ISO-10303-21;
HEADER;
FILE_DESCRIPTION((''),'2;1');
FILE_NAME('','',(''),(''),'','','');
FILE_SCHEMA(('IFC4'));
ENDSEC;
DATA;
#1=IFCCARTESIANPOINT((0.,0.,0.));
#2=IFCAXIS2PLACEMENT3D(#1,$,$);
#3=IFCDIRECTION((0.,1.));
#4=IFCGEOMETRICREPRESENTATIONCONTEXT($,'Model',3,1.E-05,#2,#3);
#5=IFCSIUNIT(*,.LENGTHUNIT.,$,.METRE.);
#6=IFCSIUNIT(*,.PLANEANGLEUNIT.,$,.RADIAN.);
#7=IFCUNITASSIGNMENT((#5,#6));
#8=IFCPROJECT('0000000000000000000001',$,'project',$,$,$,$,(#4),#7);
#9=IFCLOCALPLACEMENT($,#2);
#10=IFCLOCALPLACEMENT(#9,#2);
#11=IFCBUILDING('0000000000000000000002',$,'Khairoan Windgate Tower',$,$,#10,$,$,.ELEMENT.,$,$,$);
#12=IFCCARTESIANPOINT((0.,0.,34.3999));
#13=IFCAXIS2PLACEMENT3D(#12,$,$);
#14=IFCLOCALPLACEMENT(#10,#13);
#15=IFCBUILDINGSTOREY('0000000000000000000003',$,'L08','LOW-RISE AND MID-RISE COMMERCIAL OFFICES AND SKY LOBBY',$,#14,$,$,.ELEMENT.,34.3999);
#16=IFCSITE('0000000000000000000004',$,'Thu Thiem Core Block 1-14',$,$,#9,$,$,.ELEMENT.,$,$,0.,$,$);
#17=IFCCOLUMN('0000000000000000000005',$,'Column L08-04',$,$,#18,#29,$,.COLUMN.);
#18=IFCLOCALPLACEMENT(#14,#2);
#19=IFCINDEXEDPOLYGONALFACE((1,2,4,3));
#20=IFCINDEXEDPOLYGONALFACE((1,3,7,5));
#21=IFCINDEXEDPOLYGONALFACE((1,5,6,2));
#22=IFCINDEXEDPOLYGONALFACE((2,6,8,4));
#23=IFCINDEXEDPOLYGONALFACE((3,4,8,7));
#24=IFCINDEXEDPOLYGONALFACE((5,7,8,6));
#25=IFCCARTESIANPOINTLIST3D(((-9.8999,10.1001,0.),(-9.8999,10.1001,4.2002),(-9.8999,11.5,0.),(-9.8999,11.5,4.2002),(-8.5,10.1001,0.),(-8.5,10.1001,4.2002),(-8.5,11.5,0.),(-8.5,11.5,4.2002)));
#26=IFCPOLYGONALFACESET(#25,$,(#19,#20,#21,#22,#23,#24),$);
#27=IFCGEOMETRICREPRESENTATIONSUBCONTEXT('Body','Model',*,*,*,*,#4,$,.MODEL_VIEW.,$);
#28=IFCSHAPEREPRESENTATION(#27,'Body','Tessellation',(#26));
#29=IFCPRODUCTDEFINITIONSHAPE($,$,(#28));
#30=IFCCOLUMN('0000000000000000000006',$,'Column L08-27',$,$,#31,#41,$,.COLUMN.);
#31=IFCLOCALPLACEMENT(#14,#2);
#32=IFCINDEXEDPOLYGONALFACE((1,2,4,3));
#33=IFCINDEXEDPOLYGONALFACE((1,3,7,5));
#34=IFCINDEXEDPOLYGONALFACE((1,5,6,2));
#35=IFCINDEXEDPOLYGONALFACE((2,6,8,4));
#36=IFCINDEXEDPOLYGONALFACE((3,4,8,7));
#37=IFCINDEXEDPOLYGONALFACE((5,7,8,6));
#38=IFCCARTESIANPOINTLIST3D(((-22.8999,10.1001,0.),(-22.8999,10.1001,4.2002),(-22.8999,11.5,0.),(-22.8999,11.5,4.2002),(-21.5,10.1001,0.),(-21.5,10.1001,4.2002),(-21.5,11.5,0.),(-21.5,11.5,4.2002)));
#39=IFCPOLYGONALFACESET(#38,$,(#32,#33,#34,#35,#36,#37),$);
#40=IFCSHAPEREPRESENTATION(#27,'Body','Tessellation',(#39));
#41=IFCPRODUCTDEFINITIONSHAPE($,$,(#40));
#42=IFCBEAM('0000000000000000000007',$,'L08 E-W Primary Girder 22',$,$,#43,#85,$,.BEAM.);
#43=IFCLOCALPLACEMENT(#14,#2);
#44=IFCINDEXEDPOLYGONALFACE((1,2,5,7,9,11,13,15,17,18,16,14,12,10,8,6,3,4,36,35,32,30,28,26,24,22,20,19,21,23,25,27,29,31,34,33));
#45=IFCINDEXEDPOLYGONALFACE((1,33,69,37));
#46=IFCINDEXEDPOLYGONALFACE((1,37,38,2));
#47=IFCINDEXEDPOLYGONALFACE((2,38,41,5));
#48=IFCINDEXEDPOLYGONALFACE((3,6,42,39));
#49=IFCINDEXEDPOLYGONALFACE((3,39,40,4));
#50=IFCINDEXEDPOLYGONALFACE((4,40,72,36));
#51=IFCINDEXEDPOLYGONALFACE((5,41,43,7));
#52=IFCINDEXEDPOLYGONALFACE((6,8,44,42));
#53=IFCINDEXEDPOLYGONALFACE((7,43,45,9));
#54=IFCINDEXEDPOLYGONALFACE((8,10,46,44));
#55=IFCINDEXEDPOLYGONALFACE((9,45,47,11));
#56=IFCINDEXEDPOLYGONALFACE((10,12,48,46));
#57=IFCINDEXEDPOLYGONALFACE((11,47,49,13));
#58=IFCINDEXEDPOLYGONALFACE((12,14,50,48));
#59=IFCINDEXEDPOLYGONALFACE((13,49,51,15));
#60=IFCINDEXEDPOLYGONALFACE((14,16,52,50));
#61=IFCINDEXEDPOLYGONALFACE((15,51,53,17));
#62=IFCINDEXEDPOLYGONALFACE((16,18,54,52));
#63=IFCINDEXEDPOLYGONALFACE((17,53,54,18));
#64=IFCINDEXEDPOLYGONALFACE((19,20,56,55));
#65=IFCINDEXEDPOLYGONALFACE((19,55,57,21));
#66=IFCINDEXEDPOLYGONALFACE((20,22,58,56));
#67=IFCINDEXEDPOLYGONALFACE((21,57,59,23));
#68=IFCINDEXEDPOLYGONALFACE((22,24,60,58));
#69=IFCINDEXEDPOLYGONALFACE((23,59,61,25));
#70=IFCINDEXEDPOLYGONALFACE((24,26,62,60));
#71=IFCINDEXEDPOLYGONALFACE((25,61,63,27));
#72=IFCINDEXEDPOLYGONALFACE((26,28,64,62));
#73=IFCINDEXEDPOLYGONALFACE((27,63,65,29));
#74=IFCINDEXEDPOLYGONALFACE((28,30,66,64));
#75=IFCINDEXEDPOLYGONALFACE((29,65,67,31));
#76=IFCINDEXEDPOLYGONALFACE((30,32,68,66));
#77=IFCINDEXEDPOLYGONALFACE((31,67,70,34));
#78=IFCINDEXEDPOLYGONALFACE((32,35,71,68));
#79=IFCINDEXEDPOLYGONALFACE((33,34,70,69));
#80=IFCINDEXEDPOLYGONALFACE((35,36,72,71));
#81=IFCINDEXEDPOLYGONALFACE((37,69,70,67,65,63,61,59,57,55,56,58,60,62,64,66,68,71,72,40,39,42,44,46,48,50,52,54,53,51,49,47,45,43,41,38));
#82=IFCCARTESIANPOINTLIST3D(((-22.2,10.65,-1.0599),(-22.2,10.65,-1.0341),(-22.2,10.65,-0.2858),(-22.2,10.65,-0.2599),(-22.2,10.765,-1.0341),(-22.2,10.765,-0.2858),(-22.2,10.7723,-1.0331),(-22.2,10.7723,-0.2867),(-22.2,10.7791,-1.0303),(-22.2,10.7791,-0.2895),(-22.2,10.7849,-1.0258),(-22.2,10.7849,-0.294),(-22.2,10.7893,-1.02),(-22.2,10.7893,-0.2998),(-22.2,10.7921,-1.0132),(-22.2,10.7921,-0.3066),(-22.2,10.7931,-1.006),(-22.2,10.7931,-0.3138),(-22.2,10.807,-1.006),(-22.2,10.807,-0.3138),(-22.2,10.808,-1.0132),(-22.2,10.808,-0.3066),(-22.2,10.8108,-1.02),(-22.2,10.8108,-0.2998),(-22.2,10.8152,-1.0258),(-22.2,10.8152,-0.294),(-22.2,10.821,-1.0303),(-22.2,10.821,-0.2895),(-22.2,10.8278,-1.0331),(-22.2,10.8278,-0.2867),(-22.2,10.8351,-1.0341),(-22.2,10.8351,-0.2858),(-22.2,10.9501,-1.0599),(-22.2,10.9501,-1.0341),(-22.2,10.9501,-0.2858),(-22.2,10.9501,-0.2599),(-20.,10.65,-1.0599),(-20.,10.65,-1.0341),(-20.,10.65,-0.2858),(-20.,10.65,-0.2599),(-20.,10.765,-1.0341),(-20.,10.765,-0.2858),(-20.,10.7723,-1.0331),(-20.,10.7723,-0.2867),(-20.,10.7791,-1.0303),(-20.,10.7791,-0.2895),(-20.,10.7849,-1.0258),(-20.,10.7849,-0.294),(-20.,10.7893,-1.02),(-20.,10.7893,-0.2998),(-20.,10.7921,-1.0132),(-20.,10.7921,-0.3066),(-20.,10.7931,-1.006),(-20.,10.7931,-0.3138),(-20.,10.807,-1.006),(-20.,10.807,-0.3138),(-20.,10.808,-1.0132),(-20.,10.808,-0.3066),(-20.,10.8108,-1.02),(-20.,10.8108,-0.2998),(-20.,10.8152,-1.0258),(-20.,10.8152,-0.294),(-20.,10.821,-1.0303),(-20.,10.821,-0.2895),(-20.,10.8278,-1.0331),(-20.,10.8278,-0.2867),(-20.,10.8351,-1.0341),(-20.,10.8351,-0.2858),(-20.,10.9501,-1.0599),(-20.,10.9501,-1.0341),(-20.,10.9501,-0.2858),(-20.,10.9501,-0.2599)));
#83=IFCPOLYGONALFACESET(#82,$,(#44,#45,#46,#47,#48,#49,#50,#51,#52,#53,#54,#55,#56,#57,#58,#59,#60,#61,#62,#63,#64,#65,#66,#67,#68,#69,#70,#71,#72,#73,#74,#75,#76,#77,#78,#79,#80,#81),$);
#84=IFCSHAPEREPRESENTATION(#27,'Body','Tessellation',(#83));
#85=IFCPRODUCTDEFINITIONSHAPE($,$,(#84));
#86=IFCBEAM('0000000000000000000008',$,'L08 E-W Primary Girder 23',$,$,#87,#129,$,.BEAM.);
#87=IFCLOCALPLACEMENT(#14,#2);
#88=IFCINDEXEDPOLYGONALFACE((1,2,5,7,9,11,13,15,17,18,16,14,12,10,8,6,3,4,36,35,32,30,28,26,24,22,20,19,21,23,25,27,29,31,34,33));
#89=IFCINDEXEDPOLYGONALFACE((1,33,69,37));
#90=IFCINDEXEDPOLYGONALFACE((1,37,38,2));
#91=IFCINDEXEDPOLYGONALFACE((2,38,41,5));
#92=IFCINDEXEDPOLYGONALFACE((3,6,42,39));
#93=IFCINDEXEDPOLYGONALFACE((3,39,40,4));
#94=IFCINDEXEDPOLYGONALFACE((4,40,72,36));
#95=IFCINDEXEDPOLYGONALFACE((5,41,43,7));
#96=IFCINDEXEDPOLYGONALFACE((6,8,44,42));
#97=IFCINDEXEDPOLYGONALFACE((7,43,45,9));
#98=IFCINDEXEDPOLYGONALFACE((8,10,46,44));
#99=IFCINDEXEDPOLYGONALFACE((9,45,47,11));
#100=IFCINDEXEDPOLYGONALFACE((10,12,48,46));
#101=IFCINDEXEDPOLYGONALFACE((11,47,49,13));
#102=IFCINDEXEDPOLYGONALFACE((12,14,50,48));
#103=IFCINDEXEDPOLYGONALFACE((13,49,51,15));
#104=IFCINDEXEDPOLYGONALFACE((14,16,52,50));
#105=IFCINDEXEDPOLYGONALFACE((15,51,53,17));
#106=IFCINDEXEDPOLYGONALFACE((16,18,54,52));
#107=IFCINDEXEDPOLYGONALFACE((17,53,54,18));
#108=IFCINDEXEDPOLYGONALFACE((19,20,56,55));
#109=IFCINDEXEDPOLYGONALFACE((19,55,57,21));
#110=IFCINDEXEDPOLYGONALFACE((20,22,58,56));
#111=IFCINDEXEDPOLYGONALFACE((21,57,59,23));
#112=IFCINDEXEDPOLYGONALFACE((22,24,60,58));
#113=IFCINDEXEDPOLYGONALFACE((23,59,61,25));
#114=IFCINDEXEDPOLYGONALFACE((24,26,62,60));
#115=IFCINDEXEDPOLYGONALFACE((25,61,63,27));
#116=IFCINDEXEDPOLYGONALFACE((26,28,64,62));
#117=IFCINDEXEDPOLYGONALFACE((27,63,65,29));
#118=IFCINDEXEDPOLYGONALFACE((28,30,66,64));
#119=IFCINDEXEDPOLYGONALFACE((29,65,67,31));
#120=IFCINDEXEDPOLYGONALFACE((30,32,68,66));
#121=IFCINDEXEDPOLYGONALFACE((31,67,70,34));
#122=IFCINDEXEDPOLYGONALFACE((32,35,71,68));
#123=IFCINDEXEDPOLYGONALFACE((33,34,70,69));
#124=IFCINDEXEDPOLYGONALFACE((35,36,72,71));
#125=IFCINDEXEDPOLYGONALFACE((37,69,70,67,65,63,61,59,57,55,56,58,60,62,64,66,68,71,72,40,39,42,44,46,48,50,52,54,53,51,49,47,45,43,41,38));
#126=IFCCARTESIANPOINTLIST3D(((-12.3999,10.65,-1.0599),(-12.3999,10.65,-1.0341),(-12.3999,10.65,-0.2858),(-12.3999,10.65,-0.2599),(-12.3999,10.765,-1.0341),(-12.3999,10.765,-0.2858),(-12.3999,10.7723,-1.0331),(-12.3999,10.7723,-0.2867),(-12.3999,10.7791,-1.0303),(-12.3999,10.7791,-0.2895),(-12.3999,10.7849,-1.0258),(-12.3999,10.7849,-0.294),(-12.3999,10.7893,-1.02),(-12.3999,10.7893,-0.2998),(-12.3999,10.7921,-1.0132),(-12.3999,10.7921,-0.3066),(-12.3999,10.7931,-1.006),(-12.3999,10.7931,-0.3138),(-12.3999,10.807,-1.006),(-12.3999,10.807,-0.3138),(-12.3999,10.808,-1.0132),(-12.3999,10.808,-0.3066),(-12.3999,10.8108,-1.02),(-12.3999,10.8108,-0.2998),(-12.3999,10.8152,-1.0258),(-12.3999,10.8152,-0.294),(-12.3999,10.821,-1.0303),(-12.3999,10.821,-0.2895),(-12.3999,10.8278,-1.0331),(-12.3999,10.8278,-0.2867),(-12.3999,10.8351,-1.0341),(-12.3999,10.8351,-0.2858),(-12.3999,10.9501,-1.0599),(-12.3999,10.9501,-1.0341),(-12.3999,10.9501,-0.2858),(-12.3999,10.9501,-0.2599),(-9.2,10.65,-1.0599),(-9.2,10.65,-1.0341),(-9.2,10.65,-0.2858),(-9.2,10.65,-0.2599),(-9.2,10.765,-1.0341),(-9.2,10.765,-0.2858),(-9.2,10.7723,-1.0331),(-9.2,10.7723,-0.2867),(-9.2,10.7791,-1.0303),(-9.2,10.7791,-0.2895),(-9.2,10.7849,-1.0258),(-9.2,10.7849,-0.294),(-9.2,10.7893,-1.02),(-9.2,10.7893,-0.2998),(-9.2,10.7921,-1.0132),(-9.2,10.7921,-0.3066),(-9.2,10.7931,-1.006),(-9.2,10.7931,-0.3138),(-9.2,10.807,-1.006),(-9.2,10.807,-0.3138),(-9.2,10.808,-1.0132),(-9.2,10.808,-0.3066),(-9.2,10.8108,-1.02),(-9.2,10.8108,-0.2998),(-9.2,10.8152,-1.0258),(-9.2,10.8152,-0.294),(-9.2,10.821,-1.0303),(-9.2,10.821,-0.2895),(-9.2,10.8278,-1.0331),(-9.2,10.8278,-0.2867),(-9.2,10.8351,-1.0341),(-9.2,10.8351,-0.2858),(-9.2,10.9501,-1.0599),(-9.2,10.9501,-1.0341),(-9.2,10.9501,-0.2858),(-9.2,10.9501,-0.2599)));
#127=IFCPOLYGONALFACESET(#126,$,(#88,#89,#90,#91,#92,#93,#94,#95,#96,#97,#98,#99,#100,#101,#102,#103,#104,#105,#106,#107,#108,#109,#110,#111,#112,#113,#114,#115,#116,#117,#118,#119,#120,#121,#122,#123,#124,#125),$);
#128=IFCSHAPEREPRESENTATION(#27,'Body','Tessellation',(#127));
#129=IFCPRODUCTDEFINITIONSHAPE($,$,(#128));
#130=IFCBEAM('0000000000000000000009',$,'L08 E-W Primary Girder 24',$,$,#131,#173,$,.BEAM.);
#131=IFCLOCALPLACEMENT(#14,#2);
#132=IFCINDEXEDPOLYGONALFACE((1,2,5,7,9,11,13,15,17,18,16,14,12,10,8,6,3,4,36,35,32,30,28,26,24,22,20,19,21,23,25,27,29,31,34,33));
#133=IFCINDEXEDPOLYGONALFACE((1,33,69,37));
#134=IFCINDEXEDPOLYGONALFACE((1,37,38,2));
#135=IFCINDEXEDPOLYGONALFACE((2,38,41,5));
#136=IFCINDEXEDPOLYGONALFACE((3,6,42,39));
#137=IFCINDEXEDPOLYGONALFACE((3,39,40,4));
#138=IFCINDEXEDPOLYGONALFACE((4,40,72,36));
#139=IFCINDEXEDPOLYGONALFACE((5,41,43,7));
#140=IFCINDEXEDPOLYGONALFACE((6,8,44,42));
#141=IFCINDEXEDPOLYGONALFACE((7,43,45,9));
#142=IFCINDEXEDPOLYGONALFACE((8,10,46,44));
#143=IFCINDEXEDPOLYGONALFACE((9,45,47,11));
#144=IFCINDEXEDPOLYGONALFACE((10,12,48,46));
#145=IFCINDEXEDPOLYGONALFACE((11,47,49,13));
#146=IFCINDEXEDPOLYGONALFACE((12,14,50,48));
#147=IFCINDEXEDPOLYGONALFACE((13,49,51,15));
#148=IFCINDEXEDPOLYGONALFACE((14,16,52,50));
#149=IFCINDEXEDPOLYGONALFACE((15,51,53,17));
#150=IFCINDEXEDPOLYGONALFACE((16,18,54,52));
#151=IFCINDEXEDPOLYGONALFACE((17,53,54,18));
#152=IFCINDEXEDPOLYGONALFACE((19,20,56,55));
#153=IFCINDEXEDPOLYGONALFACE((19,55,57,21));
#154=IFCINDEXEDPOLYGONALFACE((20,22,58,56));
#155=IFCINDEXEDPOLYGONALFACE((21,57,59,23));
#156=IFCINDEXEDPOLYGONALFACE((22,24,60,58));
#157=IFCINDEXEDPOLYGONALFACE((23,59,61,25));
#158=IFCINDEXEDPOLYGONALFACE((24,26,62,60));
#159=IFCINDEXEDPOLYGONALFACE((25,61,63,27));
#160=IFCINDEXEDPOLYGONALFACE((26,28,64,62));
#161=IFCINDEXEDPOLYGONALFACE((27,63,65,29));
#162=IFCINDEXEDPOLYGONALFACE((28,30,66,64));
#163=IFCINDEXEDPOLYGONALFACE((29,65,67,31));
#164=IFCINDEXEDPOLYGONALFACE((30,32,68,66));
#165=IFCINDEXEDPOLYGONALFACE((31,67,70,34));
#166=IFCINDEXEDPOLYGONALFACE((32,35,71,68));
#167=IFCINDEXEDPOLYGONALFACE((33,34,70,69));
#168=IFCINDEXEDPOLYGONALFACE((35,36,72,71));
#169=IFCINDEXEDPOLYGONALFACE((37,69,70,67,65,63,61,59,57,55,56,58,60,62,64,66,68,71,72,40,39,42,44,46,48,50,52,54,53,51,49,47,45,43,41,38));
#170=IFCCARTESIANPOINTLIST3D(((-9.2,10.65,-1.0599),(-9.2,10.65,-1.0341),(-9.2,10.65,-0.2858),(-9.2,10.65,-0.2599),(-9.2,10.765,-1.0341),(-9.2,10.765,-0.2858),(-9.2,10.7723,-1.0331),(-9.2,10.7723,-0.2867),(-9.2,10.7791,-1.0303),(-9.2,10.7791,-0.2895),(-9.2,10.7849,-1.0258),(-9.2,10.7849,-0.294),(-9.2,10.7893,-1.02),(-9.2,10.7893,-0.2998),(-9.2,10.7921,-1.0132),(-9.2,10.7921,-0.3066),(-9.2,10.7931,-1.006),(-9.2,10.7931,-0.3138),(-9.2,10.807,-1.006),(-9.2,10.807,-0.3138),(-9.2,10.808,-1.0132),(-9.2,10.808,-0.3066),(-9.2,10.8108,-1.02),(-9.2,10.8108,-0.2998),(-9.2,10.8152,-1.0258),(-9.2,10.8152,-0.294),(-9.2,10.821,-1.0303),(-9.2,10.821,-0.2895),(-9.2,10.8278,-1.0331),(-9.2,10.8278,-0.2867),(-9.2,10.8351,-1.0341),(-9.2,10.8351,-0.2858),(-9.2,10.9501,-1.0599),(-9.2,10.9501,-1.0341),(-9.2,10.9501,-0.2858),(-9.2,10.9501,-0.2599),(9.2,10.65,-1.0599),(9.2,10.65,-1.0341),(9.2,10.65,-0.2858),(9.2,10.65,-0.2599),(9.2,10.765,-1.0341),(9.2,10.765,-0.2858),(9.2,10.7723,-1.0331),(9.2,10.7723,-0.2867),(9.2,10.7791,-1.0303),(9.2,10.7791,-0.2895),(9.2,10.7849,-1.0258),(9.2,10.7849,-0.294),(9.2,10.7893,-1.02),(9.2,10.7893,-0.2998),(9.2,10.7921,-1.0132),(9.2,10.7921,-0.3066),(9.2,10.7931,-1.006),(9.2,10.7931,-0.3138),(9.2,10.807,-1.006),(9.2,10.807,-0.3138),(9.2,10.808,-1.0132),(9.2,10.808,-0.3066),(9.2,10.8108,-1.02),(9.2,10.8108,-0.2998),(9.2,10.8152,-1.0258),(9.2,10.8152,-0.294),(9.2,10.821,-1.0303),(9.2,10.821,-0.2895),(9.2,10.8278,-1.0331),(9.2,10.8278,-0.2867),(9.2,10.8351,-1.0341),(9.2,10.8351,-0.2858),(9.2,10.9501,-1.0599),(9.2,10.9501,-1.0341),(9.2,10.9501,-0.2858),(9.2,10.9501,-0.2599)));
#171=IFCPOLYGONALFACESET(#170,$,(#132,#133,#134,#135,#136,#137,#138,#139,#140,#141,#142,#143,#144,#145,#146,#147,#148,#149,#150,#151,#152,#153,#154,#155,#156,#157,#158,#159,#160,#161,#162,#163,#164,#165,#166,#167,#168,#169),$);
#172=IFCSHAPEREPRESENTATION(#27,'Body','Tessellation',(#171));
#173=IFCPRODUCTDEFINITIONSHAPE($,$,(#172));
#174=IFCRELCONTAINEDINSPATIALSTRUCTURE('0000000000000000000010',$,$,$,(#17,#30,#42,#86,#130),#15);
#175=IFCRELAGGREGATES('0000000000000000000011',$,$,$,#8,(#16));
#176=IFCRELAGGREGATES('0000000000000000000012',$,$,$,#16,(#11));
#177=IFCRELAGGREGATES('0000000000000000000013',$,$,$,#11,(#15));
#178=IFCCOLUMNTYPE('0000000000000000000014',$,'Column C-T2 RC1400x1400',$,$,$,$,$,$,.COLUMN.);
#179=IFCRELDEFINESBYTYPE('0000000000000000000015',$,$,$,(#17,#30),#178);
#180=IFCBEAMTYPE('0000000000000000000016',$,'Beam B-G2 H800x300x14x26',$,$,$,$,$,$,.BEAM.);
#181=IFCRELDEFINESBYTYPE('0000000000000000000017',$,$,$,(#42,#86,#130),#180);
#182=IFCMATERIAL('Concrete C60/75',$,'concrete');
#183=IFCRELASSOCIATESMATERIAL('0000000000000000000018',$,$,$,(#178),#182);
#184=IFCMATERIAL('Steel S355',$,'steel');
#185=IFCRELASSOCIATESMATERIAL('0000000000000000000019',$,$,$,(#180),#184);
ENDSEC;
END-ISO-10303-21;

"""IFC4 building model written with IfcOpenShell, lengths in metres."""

from ifc_helpers import new_model, si_unit, direction, frame, origin, origin_2d, place, context, subcontext, project, spatial, rectangle, i_section, extrude, material, material_profile, profile_set, type_object, element, save


model = new_model("IFC4")

# Units and contexts
model_context = context("Model", 3, precision=1e-05, world=origin(), true_north=direction((0.0, 1.0)))
body_context = subcontext(model_context, "Body", "Model", "MODEL_VIEW")
ifc_project = project(units=[si_unit("LENGTHUNIT", "METRE"), si_unit("PLANEANGLEUNIT", "RADIAN")], contexts=[model_context])

# Site, building, storey
site_placement = place(None, origin())
site = spatial("IfcSite", under=ifc_project, at=site_placement, Name="Thu Thiem Core Block 1-14", CompositionType="ELEMENT", RefElevation=0.0)
building_placement = place(site_placement, origin())
building = spatial("IfcBuilding", under=site, at=building_placement, Name="Khairoan Windgate Tower", CompositionType="ELEMENT")
storey_placement = place(building_placement, frame((0.0, 0.0, 34.3999)))
storey = spatial("IfcBuildingStorey", under=building, at=storey_placement, Name="L08", Description="LOW-RISE AND MID-RISE COMMERCIAL OFFICES AND SKY LOBBY", CompositionType="ELEMENT", Elevation=34.3999)

# Columns
ifc_material_1 = material(Name="Concrete C60/75", Category="concrete")
ifc_material_profile_1 = material_profile(ifc_material_1, rectangle(XDim=1.3999, YDim=1.3999, at=origin_2d()))
ifc_profile_set_1 = profile_set([ifc_material_profile_1], Name="Concrete C60/75")
column_type = type_object("IfcColumnType", Name="Column C-T2 RC1400x1400", PredefinedType="COLUMN", material=ifc_profile_set_1)
for number, where, z_axis, x_axis, name in (
    (1, (-9.2, 10.8, 0.0), (0.0, 0.0, 1.0), (1.0, 0.0, 0.0), "Column L08-04"),
    (2, (-22.2, 10.8, 0.0), (0.0, 0.0, 1.0), (1.0, 0.0, 0.0), "Column L08-27"),
):
    element("IfcColumn", number, at=place(storey_placement, frame(where, z_axis=z_axis, x_axis=x_axis)), inside=storey, type_object=column_type, Name=name, PredefinedType="COLUMN", context=body_context, shape_type="SweptSolid", body=[
        extrude(rectangle(XDim=1.3999, YDim=1.3999, at=origin_2d()), origin(), (0.0, 0.0, 1.0), 4.2002),
    ])

# Beams
ifc_material_2 = material(Name="Steel S355", Category="steel")
ifc_material_profile_2 = material_profile(ifc_material_2, i_section(OverallWidth=0.3, OverallDepth=0.8, WebThickness=0.0139, FlangeThickness=0.0259, FilletRadius=0.0281, at=origin_2d()))
ifc_profile_set_2 = profile_set([ifc_material_profile_2], Name="Steel S355")
beam_type = type_object("IfcBeamType", Name="Beam B-G2 H800x300x14x26", PredefinedType="BEAM", material=ifc_profile_set_2)
beam_1_placement = place(storey_placement, frame((-22.2, 10.8, -0.6599), z_axis=(1.0, 0.0, 0.0), x_axis=(0.0, 1.0, 0.0)))
element("IfcBeam", 3, at=beam_1_placement, inside=storey, type_object=beam_type, Name="L08 E-W Primary Girder 22", PredefinedType="BEAM", context=body_context, shape_type="SweptSolid", body=[
    extrude(i_section(OverallWidth=0.3, OverallDepth=0.8, WebThickness=0.0139, FlangeThickness=0.0259, FilletRadius=0.0281, at=origin_2d()), origin(), (0.0, 0.0, 1.0), 2.2),
])
beam_2_placement = place(storey_placement, frame((-12.3999, 10.8, -0.6599), z_axis=(1.0, 0.0, 0.0), x_axis=(0.0, 1.0, 0.0)))
element("IfcBeam", 4, at=beam_2_placement, inside=storey, type_object=beam_type, Name="L08 E-W Primary Girder 23", PredefinedType="BEAM", context=body_context, shape_type="SweptSolid", body=[
    extrude(i_section(OverallWidth=0.3, OverallDepth=0.8, WebThickness=0.0139, FlangeThickness=0.0259, FilletRadius=0.0281, at=origin_2d()), origin(), (0.0, 0.0, 1.0), 3.2),
])
beam_3_placement = place(storey_placement, frame((-9.2, 10.8, -0.6599), z_axis=(1.0, 0.0, 0.0), x_axis=(0.0, 1.0, 0.0)))
element("IfcBeam", 5, at=beam_3_placement, inside=storey, type_object=beam_type, Name="L08 E-W Primary Girder 24", PredefinedType="BEAM", context=body_context, shape_type="SweptSolid", body=[
    extrude(i_section(OverallWidth=0.3, OverallDepth=0.8, WebThickness=0.0139, FlangeThickness=0.0259, FilletRadius=0.0281, at=origin_2d()), origin(), (0.0, 0.0, 1.0), 18.3999),
])

save(model, "model.ifc")
